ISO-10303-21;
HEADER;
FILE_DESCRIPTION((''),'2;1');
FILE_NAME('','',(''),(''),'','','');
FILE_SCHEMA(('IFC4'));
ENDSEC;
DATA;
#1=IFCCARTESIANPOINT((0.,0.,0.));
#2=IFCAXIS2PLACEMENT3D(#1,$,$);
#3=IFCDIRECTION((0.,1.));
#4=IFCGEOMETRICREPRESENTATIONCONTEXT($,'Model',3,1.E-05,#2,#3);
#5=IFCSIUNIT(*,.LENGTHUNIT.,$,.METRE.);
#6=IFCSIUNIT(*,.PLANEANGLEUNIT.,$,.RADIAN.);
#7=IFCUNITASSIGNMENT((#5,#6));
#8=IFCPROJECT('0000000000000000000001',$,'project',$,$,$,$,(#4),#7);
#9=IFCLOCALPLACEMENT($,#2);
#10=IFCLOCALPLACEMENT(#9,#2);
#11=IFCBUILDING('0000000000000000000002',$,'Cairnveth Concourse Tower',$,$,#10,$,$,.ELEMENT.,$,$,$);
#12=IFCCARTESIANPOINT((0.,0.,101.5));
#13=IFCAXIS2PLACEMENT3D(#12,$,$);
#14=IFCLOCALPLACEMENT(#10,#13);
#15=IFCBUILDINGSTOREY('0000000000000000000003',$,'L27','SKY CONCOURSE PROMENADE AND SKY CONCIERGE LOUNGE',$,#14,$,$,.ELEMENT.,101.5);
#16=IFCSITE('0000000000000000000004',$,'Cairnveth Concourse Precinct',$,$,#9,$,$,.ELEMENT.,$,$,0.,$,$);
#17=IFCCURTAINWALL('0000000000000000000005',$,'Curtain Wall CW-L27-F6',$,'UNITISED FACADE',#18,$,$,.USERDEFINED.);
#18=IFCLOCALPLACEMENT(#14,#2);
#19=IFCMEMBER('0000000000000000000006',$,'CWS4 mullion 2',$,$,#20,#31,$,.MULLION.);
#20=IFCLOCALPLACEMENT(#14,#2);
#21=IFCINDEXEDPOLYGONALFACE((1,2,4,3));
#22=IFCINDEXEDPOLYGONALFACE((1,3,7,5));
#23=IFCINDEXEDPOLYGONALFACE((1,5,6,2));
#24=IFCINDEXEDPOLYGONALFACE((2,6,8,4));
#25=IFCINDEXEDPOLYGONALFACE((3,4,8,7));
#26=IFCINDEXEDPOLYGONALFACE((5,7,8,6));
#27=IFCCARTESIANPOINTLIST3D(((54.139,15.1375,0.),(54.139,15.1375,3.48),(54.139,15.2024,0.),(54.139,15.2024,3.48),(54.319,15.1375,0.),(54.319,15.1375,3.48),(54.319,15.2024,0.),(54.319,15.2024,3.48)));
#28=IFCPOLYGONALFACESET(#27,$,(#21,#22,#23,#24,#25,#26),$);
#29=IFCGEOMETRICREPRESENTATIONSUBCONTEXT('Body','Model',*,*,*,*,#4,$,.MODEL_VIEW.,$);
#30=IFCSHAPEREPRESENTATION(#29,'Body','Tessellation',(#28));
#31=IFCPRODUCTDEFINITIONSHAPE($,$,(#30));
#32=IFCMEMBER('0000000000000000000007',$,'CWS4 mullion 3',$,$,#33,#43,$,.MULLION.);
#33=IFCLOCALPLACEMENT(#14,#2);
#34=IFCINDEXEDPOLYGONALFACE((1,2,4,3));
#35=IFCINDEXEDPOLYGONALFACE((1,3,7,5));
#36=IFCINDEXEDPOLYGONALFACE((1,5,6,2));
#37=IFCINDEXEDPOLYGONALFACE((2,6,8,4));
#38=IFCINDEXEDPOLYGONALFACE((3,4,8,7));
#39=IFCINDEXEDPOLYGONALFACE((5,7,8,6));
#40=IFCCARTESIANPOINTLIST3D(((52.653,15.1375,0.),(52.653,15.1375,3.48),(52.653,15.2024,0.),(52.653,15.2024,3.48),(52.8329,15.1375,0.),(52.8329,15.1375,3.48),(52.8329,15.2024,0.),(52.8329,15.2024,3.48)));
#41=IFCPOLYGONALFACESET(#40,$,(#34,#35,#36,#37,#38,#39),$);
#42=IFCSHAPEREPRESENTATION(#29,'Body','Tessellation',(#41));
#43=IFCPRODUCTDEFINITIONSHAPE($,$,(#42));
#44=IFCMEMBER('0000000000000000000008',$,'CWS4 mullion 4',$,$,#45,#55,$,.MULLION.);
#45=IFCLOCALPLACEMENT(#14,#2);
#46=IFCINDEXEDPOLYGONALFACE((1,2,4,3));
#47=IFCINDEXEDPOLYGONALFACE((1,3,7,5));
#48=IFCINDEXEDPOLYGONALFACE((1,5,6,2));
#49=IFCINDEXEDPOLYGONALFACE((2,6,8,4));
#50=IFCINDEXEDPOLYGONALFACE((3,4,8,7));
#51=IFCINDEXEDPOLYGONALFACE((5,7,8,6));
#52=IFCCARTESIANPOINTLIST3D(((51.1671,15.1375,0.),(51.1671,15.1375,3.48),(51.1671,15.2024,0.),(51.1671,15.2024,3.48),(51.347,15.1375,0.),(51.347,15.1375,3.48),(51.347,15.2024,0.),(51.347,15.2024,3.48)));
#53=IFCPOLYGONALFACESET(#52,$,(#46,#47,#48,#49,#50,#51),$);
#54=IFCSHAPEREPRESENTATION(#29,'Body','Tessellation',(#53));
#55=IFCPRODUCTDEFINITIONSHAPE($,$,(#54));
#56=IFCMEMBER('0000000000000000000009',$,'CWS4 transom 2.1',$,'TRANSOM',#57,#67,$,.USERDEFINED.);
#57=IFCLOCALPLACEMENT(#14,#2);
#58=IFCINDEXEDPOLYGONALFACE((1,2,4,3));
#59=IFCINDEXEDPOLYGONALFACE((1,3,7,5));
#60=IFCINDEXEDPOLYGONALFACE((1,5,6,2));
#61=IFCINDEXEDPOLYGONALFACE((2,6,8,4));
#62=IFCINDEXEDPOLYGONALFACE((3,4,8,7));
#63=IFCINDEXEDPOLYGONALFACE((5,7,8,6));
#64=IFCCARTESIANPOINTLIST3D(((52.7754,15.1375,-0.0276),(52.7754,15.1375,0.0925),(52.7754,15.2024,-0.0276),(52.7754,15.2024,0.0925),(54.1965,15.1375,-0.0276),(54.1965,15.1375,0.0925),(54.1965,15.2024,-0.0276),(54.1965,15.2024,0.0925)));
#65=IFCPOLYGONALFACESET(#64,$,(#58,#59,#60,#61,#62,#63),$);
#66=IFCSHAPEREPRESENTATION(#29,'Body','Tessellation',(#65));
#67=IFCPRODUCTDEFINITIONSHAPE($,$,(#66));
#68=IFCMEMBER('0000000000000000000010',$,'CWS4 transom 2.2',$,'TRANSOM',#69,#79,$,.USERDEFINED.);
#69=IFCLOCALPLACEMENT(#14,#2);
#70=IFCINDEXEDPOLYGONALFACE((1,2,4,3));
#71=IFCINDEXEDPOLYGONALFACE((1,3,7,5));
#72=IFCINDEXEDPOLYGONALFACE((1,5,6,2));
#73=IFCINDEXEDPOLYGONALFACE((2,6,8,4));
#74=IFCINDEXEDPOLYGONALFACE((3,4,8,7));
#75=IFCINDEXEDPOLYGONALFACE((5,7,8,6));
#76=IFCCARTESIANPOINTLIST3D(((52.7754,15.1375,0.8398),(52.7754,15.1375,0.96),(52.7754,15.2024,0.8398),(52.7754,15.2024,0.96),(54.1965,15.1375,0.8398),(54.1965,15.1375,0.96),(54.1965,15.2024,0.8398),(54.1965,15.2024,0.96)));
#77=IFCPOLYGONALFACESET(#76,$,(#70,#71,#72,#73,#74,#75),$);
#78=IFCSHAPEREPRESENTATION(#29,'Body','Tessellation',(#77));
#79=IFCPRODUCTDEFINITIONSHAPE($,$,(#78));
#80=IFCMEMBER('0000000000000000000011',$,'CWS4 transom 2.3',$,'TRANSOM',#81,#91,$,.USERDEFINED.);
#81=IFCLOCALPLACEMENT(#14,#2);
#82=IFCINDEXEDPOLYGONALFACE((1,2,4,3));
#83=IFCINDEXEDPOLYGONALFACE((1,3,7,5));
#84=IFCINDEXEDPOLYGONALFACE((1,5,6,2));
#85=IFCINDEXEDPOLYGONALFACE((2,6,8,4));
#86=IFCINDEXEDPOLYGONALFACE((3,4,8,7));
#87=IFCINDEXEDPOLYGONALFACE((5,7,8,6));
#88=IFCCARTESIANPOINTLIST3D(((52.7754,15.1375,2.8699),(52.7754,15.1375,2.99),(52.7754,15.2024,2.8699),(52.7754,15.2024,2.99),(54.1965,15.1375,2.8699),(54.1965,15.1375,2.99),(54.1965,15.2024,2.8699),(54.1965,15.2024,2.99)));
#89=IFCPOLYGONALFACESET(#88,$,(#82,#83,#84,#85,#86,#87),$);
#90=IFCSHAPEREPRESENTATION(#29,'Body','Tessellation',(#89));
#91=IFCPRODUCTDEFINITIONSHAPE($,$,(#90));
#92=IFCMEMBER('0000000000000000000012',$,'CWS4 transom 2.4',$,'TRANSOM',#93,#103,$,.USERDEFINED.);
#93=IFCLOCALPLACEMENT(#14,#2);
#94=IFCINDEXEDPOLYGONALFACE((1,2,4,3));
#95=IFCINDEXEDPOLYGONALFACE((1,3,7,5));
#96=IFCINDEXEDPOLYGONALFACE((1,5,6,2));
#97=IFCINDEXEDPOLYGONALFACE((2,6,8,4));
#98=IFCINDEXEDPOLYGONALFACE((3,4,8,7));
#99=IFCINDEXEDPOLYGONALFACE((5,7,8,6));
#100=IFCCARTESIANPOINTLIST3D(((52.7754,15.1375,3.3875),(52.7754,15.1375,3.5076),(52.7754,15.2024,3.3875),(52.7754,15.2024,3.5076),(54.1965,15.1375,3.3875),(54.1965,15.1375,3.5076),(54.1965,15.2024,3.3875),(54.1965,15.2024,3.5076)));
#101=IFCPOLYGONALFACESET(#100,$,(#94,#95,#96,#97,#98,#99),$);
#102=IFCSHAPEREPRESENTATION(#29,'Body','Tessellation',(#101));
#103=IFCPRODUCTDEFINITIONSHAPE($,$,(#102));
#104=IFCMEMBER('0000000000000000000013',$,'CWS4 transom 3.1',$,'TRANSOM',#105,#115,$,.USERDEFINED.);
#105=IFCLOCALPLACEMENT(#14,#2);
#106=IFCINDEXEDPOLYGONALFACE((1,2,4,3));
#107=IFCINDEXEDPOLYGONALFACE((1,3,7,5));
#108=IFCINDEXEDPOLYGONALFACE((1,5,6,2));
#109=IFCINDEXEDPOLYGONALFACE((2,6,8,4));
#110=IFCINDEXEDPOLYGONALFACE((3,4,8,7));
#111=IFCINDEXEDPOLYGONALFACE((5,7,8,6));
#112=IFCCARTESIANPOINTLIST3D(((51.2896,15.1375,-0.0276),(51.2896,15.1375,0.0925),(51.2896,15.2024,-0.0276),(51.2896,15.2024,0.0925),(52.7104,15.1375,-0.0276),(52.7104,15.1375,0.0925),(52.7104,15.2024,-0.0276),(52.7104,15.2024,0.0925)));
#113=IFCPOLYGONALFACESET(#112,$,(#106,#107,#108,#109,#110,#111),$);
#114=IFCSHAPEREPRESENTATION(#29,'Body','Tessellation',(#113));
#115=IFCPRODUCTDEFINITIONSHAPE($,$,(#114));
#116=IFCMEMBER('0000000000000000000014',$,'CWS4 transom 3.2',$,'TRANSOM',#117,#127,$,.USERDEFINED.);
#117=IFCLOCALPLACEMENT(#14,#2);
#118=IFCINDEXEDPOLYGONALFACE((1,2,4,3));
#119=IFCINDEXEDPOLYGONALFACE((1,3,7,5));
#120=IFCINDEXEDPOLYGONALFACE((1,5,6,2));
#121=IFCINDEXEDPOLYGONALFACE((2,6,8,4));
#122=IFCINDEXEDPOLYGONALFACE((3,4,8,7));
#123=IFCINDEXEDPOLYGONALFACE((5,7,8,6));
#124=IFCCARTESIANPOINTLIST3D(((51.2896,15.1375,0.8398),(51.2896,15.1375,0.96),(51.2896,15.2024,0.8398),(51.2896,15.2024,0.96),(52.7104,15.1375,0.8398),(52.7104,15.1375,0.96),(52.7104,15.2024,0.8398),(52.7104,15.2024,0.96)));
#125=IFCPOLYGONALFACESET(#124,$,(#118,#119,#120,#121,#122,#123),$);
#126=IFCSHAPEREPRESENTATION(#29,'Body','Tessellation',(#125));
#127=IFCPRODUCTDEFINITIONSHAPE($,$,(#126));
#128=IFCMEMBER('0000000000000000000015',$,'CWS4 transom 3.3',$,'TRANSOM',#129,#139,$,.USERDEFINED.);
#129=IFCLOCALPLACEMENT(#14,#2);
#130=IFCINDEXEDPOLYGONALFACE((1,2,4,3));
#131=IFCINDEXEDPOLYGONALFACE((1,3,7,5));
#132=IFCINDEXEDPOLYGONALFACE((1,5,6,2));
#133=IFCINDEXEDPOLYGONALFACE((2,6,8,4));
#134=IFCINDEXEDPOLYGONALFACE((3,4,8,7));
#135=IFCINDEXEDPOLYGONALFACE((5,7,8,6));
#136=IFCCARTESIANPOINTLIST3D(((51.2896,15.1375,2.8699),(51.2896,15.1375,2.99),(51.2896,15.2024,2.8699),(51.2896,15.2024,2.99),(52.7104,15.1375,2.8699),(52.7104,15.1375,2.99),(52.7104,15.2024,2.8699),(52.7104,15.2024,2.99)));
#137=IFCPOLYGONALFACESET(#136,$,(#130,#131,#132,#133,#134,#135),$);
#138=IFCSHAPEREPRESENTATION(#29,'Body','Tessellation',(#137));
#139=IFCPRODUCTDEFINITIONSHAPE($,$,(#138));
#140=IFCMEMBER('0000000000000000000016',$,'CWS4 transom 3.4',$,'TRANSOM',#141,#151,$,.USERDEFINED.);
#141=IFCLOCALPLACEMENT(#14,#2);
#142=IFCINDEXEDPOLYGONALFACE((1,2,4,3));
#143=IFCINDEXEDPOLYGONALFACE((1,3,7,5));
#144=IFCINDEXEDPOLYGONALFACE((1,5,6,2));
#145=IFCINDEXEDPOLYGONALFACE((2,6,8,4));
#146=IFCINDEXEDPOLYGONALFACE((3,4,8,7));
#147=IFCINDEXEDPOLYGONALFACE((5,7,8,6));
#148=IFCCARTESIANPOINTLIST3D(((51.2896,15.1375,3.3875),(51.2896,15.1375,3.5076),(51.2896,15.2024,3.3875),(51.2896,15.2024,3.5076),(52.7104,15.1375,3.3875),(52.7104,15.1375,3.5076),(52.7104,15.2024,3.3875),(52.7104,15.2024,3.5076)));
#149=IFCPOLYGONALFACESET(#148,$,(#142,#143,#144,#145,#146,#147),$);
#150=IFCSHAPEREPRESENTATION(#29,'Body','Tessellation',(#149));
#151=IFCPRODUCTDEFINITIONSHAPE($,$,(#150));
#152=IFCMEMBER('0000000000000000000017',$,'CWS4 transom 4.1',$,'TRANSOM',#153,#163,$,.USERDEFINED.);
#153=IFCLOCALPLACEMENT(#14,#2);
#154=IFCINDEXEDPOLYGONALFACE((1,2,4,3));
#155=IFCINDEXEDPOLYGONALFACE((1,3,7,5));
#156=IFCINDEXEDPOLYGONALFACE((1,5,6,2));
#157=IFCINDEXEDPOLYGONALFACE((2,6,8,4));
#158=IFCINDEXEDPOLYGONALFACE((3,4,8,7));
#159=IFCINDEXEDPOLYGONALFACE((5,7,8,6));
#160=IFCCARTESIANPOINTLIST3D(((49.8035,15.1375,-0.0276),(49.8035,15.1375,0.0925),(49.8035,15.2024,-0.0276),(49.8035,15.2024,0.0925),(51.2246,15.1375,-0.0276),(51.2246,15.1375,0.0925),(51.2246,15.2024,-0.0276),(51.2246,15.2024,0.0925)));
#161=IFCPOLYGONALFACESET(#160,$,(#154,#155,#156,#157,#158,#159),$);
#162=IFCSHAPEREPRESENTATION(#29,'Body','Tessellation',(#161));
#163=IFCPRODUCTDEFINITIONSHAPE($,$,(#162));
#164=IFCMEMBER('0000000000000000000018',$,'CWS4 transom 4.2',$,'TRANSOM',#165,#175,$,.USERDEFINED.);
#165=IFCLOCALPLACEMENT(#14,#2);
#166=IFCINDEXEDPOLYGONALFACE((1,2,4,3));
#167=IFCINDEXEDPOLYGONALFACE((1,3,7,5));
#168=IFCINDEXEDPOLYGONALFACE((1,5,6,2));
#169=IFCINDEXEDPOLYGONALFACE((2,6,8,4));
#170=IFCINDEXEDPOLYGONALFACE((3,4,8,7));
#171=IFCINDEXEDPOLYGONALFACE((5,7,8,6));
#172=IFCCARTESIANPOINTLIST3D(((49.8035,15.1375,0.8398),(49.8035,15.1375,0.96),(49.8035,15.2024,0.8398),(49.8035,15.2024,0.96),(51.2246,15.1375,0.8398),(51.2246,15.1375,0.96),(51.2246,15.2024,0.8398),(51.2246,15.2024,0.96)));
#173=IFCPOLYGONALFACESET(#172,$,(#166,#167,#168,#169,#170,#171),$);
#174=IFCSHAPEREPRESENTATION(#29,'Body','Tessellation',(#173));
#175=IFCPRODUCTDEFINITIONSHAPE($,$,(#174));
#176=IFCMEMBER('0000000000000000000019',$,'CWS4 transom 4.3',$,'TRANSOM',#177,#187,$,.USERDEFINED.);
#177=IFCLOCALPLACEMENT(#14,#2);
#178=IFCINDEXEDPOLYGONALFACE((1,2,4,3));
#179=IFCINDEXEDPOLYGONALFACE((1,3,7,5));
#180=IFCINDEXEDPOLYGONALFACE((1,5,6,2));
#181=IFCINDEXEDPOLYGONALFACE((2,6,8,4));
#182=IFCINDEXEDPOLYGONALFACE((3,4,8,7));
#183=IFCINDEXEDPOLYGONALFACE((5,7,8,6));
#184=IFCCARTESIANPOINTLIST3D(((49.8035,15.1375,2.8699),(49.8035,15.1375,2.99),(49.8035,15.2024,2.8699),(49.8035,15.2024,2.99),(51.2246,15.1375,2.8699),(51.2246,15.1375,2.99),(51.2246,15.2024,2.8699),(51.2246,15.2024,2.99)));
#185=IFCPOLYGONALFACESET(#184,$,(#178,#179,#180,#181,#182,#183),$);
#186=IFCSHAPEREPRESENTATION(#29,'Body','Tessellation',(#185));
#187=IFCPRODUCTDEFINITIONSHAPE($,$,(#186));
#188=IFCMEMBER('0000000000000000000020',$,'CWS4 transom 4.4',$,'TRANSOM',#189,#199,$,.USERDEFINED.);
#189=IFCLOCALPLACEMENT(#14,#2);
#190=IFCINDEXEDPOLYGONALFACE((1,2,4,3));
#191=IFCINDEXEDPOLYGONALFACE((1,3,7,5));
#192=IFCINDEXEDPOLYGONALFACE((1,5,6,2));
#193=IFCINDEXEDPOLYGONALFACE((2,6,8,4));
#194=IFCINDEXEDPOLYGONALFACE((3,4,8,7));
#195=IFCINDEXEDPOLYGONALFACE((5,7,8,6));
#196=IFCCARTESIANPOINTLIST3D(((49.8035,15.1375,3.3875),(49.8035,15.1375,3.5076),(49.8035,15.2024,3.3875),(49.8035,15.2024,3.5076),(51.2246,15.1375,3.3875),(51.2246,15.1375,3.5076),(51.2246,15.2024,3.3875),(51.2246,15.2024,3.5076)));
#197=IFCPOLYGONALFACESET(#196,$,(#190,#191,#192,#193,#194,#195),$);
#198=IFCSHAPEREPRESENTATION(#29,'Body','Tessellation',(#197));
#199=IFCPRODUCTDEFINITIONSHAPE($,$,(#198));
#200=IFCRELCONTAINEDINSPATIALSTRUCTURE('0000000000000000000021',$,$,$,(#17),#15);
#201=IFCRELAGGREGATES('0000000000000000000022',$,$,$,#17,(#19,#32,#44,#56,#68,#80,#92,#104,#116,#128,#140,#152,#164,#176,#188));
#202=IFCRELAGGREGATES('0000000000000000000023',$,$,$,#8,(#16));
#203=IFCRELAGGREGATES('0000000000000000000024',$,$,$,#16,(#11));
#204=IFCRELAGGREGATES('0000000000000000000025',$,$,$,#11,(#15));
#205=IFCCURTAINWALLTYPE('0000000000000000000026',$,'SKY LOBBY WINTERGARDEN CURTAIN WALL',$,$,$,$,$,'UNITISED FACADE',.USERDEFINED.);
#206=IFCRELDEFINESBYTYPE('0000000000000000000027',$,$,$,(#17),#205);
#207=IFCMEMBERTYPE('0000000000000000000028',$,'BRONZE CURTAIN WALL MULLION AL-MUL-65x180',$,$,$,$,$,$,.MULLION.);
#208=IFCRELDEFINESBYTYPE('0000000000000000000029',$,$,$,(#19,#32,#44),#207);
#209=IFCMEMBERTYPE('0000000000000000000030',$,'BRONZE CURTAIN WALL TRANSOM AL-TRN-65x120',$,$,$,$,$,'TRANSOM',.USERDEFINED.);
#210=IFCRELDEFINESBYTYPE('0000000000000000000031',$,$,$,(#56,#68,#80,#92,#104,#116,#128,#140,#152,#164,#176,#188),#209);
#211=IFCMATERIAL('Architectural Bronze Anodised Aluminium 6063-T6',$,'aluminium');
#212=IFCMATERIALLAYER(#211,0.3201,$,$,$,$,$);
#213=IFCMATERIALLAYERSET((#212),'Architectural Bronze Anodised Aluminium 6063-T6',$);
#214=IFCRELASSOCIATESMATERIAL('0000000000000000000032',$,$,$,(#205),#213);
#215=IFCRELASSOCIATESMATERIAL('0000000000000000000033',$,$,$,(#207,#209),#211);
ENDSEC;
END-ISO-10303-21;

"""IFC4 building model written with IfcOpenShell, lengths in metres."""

from ifc_helpers import new_model, si_unit, direction, frame, origin, origin_2d, place, context, subcontext, project, spatial, rectangle, extrude, material, layer, layer_set, material_profile, profile_set, type_object, element, aggregate, save


model = new_model("IFC4")

# Units and contexts
model_context = context("Model", 3, precision=1e-05, world=origin(), true_north=direction((0.0, 1.0)))
body_context = subcontext(model_context, "Body", "Model", "MODEL_VIEW")
ifc_project = project(units=[si_unit("LENGTHUNIT", "METRE"), si_unit("PLANEANGLEUNIT", "RADIAN")], contexts=[model_context])

# Site, building, storey
site_placement = place(None, origin())
site = spatial("IfcSite", under=ifc_project, at=site_placement, Name="Cairnveth Concourse Precinct", CompositionType="ELEMENT", RefElevation=0.0)
building_placement = place(site_placement, origin())
building = spatial("IfcBuilding", under=site, at=building_placement, Name="Cairnveth Concourse Tower", CompositionType="ELEMENT")
storey_placement = place(building_placement, frame((0.0, 0.0, 101.5)))
storey = spatial("IfcBuildingStorey", under=building, at=storey_placement, Name="L27", Description="SKY CONCOURSE PROMENADE AND SKY CONCIERGE LOUNGE", CompositionType="ELEMENT", Elevation=101.5)

# Curtain wall, members
ifc_material_1 = material(Name="Architectural Bronze Anodised Aluminium 6063-T6", Category="aluminium")
ifc_layer_1 = layer(ifc_material_1, 0.3201)
ifc_layer_set_1 = layer_set([ifc_layer_1], Name="Architectural Bronze Anodised Aluminium 6063-T6")
curtain_wall_type = type_object("IfcCurtainWallType", Name="SKY LOBBY WINTERGARDEN CURTAIN WALL", ElementType="UNITISED FACADE", PredefinedType="USERDEFINED", material=ifc_layer_set_1)
curtain_wall_placement = place(storey_placement, origin())
curtain_wall = element("IfcCurtainWall", 1, at=curtain_wall_placement, inside=storey, type_object=curtain_wall_type, Name="Curtain Wall CW-L27-F6", ObjectType="UNITISED FACADE", PredefinedType="USERDEFINED")
ifc_material_profile_1 = material_profile(ifc_material_1, rectangle(XDim=0.0649, YDim=0.1799, at=origin_2d()), Name="AL-MUL-65x180")
ifc_profile_set_1 = profile_set([ifc_material_profile_1], Name="Architectural Bronze Anodised Aluminium 6063-T6")
member_type_1 = type_object("IfcMemberType", Name="BRONZE CURTAIN WALL MULLION AL-MUL-65x180", PredefinedType="MULLION", material=ifc_profile_set_1)
member_1_placement = place(storey_placement, frame((54.229, 15.1699, 0.0), z_axis=(0.0, 0.0, 1.0), x_axis=(0.0, -1.0, 0.0)))
member_1 = element("IfcMember", 2, at=member_1_placement, type_object=member_type_1, Name="CWS4 mullion 2", PredefinedType="MULLION", context=body_context, shape_type="SweptSolid", body=[
    extrude(rectangle(XDim=0.0649, YDim=0.1799, at=origin_2d()), origin(), (0.0, 0.0, 1.0), 3.48),
])
member_2_placement = place(storey_placement, frame((52.7429, 15.1699, 0.0), z_axis=(0.0, 0.0, 1.0), x_axis=(0.0, -1.0, 0.0)))
member_2 = element("IfcMember", 3, at=member_2_placement, type_object=member_type_1, Name="CWS4 mullion 3", PredefinedType="MULLION", context=body_context, shape_type="SweptSolid", body=[
    extrude(rectangle(XDim=0.0649, YDim=0.1799, at=origin_2d()), origin(), (0.0, 0.0, 1.0), 3.48),
])
member_3_placement = place(storey_placement, frame((51.2571, 15.1699, 0.0), z_axis=(0.0, 0.0, 1.0), x_axis=(0.0, -1.0, 0.0)))
member_3 = element("IfcMember", 4, at=member_3_placement, type_object=member_type_1, Name="CWS4 mullion 4", PredefinedType="MULLION", context=body_context, shape_type="SweptSolid", body=[
    extrude(rectangle(XDim=0.0649, YDim=0.1799, at=origin_2d()), origin(), (0.0, 0.0, 1.0), 3.48),
])
ifc_material_profile_2 = material_profile(ifc_material_1, rectangle(XDim=0.0649, YDim=0.1201, at=origin_2d()), Name="AL-TRN-65x120")
ifc_profile_set_2 = profile_set([ifc_material_profile_2], Name="Architectural Bronze Anodised Aluminium 6063-T6")
member_type_2 = type_object("IfcMemberType", Name="BRONZE CURTAIN WALL TRANSOM AL-TRN-65x120", ElementType="TRANSOM", PredefinedType="USERDEFINED", material=ifc_profile_set_2)
member_4_placement = place(storey_placement, frame((54.1965, 15.1699, 0.0325), z_axis=(-1.0, 0.0, 0.0), x_axis=(0.0, -1.0, 0.0)))
member_4 = element("IfcMember", 5, at=member_4_placement, type_object=member_type_2, Name="CWS4 transom 2.1", ObjectType="TRANSOM", PredefinedType="USERDEFINED", context=body_context, shape_type="SweptSolid", body=[
    extrude(rectangle(XDim=0.0649, YDim=0.1201, at=origin_2d()), origin(), (0.0, 0.0, 1.0), 1.4211),
])
member_5_placement = place(storey_placement, frame((54.1965, 15.1699, 0.8999), z_axis=(-1.0, 0.0, 0.0), x_axis=(0.0, -1.0, 0.0)))
member_5 = element("IfcMember", 6, at=member_5_placement, type_object=member_type_2, Name="CWS4 transom 2.2", ObjectType="TRANSOM", PredefinedType="USERDEFINED", context=body_context, shape_type="SweptSolid", body=[
    extrude(rectangle(XDim=0.0649, YDim=0.1201, at=origin_2d()), origin(), (0.0, 0.0, 1.0), 1.4211),
])
member_6_placement = place(storey_placement, frame((54.1965, 15.1699, 2.9299), z_axis=(-1.0, 0.0, 0.0), x_axis=(0.0, -1.0, 0.0)))
member_6 = element("IfcMember", 7, at=member_6_placement, type_object=member_type_2, Name="CWS4 transom 2.3", ObjectType="TRANSOM", PredefinedType="USERDEFINED", context=body_context, shape_type="SweptSolid", body=[
    extrude(rectangle(XDim=0.0649, YDim=0.1201, at=origin_2d()), origin(), (0.0, 0.0, 1.0), 1.4211),
])
member_7_placement = place(storey_placement, frame((54.1965, 15.1699, 3.4475), z_axis=(-1.0, 0.0, 0.0), x_axis=(0.0, -1.0, 0.0)))
member_7 = element("IfcMember", 8, at=member_7_placement, type_object=member_type_2, Name="CWS4 transom 2.4", ObjectType="TRANSOM", PredefinedType="USERDEFINED", context=body_context, shape_type="SweptSolid", body=[
    extrude(rectangle(XDim=0.0649, YDim=0.1201, at=origin_2d()), origin(), (0.0, 0.0, 1.0), 1.4211),
])
member_8_placement = place(storey_placement, frame((52.7104, 15.1699, 0.0325), z_axis=(-1.0, 0.0, 0.0), x_axis=(0.0, -1.0, 0.0)))
member_8 = element("IfcMember", 9, at=member_8_placement, type_object=member_type_2, Name="CWS4 transom 3.1", ObjectType="TRANSOM", PredefinedType="USERDEFINED", context=body_context, shape_type="SweptSolid", body=[
    extrude(rectangle(XDim=0.0649, YDim=0.1201, at=origin_2d()), origin(), (0.0, 0.0, 1.0), 1.4209),
])
member_9_placement = place(storey_placement, frame((52.7104, 15.1699, 0.8999), z_axis=(-1.0, 0.0, 0.0), x_axis=(0.0, -1.0, 0.0)))
member_9 = element("IfcMember", 10, at=member_9_placement, type_object=member_type_2, Name="CWS4 transom 3.2", ObjectType="TRANSOM", PredefinedType="USERDEFINED", context=body_context, shape_type="SweptSolid", body=[
    extrude(rectangle(XDim=0.0649, YDim=0.1201, at=origin_2d()), origin(), (0.0, 0.0, 1.0), 1.4209),
])
member_10_placement = place(storey_placement, frame((52.7104, 15.1699, 2.9299), z_axis=(-1.0, 0.0, 0.0), x_axis=(0.0, -1.0, 0.0)))
member_10 = element("IfcMember", 11, at=member_10_placement, type_object=member_type_2, Name="CWS4 transom 3.3", ObjectType="TRANSOM", PredefinedType="USERDEFINED", context=body_context, shape_type="SweptSolid", body=[
    extrude(rectangle(XDim=0.0649, YDim=0.1201, at=origin_2d()), origin(), (0.0, 0.0, 1.0), 1.4209),
])
member_11_placement = place(storey_placement, frame((52.7104, 15.1699, 3.4475), z_axis=(-1.0, 0.0, 0.0), x_axis=(0.0, -1.0, 0.0)))
member_11 = element("IfcMember", 12, at=member_11_placement, type_object=member_type_2, Name="CWS4 transom 3.4", ObjectType="TRANSOM", PredefinedType="USERDEFINED", context=body_context, shape_type="SweptSolid", body=[
    extrude(rectangle(XDim=0.0649, YDim=0.1201, at=origin_2d()), origin(), (0.0, 0.0, 1.0), 1.4209),
])
member_12_placement = place(storey_placement, frame((51.2246, 15.1699, 0.0325), z_axis=(-1.0, 0.0, 0.0), x_axis=(0.0, -1.0, 0.0)))
member_12 = element("IfcMember", 13, at=member_12_placement, type_object=member_type_2, Name="CWS4 transom 4.1", ObjectType="TRANSOM", PredefinedType="USERDEFINED", context=body_context, shape_type="SweptSolid", body=[
    extrude(rectangle(XDim=0.0649, YDim=0.1201, at=origin_2d()), origin(), (0.0, 0.0, 1.0), 1.4211),
])
member_13_placement = place(storey_placement, frame((51.2246, 15.1699, 0.8999), z_axis=(-1.0, 0.0, 0.0), x_axis=(0.0, -1.0, 0.0)))
member_13 = element("IfcMember", 14, at=member_13_placement, type_object=member_type_2, Name="CWS4 transom 4.2", ObjectType="TRANSOM", PredefinedType="USERDEFINED", context=body_context, shape_type="SweptSolid", body=[
    extrude(rectangle(XDim=0.0649, YDim=0.1201, at=origin_2d()), origin(), (0.0, 0.0, 1.0), 1.4211),
])
member_14_placement = place(storey_placement, frame((51.2246, 15.1699, 2.9299), z_axis=(-1.0, 0.0, 0.0), x_axis=(0.0, -1.0, 0.0)))
member_14 = element("IfcMember", 15, at=member_14_placement, type_object=member_type_2, Name="CWS4 transom 4.3", ObjectType="TRANSOM", PredefinedType="USERDEFINED", context=body_context, shape_type="SweptSolid", body=[
    extrude(rectangle(XDim=0.0649, YDim=0.1201, at=origin_2d()), origin(), (0.0, 0.0, 1.0), 1.4211),
])
member_15_placement = place(storey_placement, frame((51.2246, 15.1699, 3.4475), z_axis=(-1.0, 0.0, 0.0), x_axis=(0.0, -1.0, 0.0)))
member_15 = element("IfcMember", 16, at=member_15_placement, type_object=member_type_2, Name="CWS4 transom 4.4", ObjectType="TRANSOM", PredefinedType="USERDEFINED", context=body_context, shape_type="SweptSolid", body=[
    extrude(rectangle(XDim=0.0649, YDim=0.1201, at=origin_2d()), origin(), (0.0, 0.0, 1.0), 1.4211),
])
aggregate(curtain_wall, [member_1, member_2, member_3, member_4, member_5, member_6, member_7, member_8, member_9, member_10, member_11, member_12, member_13, member_14, member_15])

save(model, "model.ifc")
